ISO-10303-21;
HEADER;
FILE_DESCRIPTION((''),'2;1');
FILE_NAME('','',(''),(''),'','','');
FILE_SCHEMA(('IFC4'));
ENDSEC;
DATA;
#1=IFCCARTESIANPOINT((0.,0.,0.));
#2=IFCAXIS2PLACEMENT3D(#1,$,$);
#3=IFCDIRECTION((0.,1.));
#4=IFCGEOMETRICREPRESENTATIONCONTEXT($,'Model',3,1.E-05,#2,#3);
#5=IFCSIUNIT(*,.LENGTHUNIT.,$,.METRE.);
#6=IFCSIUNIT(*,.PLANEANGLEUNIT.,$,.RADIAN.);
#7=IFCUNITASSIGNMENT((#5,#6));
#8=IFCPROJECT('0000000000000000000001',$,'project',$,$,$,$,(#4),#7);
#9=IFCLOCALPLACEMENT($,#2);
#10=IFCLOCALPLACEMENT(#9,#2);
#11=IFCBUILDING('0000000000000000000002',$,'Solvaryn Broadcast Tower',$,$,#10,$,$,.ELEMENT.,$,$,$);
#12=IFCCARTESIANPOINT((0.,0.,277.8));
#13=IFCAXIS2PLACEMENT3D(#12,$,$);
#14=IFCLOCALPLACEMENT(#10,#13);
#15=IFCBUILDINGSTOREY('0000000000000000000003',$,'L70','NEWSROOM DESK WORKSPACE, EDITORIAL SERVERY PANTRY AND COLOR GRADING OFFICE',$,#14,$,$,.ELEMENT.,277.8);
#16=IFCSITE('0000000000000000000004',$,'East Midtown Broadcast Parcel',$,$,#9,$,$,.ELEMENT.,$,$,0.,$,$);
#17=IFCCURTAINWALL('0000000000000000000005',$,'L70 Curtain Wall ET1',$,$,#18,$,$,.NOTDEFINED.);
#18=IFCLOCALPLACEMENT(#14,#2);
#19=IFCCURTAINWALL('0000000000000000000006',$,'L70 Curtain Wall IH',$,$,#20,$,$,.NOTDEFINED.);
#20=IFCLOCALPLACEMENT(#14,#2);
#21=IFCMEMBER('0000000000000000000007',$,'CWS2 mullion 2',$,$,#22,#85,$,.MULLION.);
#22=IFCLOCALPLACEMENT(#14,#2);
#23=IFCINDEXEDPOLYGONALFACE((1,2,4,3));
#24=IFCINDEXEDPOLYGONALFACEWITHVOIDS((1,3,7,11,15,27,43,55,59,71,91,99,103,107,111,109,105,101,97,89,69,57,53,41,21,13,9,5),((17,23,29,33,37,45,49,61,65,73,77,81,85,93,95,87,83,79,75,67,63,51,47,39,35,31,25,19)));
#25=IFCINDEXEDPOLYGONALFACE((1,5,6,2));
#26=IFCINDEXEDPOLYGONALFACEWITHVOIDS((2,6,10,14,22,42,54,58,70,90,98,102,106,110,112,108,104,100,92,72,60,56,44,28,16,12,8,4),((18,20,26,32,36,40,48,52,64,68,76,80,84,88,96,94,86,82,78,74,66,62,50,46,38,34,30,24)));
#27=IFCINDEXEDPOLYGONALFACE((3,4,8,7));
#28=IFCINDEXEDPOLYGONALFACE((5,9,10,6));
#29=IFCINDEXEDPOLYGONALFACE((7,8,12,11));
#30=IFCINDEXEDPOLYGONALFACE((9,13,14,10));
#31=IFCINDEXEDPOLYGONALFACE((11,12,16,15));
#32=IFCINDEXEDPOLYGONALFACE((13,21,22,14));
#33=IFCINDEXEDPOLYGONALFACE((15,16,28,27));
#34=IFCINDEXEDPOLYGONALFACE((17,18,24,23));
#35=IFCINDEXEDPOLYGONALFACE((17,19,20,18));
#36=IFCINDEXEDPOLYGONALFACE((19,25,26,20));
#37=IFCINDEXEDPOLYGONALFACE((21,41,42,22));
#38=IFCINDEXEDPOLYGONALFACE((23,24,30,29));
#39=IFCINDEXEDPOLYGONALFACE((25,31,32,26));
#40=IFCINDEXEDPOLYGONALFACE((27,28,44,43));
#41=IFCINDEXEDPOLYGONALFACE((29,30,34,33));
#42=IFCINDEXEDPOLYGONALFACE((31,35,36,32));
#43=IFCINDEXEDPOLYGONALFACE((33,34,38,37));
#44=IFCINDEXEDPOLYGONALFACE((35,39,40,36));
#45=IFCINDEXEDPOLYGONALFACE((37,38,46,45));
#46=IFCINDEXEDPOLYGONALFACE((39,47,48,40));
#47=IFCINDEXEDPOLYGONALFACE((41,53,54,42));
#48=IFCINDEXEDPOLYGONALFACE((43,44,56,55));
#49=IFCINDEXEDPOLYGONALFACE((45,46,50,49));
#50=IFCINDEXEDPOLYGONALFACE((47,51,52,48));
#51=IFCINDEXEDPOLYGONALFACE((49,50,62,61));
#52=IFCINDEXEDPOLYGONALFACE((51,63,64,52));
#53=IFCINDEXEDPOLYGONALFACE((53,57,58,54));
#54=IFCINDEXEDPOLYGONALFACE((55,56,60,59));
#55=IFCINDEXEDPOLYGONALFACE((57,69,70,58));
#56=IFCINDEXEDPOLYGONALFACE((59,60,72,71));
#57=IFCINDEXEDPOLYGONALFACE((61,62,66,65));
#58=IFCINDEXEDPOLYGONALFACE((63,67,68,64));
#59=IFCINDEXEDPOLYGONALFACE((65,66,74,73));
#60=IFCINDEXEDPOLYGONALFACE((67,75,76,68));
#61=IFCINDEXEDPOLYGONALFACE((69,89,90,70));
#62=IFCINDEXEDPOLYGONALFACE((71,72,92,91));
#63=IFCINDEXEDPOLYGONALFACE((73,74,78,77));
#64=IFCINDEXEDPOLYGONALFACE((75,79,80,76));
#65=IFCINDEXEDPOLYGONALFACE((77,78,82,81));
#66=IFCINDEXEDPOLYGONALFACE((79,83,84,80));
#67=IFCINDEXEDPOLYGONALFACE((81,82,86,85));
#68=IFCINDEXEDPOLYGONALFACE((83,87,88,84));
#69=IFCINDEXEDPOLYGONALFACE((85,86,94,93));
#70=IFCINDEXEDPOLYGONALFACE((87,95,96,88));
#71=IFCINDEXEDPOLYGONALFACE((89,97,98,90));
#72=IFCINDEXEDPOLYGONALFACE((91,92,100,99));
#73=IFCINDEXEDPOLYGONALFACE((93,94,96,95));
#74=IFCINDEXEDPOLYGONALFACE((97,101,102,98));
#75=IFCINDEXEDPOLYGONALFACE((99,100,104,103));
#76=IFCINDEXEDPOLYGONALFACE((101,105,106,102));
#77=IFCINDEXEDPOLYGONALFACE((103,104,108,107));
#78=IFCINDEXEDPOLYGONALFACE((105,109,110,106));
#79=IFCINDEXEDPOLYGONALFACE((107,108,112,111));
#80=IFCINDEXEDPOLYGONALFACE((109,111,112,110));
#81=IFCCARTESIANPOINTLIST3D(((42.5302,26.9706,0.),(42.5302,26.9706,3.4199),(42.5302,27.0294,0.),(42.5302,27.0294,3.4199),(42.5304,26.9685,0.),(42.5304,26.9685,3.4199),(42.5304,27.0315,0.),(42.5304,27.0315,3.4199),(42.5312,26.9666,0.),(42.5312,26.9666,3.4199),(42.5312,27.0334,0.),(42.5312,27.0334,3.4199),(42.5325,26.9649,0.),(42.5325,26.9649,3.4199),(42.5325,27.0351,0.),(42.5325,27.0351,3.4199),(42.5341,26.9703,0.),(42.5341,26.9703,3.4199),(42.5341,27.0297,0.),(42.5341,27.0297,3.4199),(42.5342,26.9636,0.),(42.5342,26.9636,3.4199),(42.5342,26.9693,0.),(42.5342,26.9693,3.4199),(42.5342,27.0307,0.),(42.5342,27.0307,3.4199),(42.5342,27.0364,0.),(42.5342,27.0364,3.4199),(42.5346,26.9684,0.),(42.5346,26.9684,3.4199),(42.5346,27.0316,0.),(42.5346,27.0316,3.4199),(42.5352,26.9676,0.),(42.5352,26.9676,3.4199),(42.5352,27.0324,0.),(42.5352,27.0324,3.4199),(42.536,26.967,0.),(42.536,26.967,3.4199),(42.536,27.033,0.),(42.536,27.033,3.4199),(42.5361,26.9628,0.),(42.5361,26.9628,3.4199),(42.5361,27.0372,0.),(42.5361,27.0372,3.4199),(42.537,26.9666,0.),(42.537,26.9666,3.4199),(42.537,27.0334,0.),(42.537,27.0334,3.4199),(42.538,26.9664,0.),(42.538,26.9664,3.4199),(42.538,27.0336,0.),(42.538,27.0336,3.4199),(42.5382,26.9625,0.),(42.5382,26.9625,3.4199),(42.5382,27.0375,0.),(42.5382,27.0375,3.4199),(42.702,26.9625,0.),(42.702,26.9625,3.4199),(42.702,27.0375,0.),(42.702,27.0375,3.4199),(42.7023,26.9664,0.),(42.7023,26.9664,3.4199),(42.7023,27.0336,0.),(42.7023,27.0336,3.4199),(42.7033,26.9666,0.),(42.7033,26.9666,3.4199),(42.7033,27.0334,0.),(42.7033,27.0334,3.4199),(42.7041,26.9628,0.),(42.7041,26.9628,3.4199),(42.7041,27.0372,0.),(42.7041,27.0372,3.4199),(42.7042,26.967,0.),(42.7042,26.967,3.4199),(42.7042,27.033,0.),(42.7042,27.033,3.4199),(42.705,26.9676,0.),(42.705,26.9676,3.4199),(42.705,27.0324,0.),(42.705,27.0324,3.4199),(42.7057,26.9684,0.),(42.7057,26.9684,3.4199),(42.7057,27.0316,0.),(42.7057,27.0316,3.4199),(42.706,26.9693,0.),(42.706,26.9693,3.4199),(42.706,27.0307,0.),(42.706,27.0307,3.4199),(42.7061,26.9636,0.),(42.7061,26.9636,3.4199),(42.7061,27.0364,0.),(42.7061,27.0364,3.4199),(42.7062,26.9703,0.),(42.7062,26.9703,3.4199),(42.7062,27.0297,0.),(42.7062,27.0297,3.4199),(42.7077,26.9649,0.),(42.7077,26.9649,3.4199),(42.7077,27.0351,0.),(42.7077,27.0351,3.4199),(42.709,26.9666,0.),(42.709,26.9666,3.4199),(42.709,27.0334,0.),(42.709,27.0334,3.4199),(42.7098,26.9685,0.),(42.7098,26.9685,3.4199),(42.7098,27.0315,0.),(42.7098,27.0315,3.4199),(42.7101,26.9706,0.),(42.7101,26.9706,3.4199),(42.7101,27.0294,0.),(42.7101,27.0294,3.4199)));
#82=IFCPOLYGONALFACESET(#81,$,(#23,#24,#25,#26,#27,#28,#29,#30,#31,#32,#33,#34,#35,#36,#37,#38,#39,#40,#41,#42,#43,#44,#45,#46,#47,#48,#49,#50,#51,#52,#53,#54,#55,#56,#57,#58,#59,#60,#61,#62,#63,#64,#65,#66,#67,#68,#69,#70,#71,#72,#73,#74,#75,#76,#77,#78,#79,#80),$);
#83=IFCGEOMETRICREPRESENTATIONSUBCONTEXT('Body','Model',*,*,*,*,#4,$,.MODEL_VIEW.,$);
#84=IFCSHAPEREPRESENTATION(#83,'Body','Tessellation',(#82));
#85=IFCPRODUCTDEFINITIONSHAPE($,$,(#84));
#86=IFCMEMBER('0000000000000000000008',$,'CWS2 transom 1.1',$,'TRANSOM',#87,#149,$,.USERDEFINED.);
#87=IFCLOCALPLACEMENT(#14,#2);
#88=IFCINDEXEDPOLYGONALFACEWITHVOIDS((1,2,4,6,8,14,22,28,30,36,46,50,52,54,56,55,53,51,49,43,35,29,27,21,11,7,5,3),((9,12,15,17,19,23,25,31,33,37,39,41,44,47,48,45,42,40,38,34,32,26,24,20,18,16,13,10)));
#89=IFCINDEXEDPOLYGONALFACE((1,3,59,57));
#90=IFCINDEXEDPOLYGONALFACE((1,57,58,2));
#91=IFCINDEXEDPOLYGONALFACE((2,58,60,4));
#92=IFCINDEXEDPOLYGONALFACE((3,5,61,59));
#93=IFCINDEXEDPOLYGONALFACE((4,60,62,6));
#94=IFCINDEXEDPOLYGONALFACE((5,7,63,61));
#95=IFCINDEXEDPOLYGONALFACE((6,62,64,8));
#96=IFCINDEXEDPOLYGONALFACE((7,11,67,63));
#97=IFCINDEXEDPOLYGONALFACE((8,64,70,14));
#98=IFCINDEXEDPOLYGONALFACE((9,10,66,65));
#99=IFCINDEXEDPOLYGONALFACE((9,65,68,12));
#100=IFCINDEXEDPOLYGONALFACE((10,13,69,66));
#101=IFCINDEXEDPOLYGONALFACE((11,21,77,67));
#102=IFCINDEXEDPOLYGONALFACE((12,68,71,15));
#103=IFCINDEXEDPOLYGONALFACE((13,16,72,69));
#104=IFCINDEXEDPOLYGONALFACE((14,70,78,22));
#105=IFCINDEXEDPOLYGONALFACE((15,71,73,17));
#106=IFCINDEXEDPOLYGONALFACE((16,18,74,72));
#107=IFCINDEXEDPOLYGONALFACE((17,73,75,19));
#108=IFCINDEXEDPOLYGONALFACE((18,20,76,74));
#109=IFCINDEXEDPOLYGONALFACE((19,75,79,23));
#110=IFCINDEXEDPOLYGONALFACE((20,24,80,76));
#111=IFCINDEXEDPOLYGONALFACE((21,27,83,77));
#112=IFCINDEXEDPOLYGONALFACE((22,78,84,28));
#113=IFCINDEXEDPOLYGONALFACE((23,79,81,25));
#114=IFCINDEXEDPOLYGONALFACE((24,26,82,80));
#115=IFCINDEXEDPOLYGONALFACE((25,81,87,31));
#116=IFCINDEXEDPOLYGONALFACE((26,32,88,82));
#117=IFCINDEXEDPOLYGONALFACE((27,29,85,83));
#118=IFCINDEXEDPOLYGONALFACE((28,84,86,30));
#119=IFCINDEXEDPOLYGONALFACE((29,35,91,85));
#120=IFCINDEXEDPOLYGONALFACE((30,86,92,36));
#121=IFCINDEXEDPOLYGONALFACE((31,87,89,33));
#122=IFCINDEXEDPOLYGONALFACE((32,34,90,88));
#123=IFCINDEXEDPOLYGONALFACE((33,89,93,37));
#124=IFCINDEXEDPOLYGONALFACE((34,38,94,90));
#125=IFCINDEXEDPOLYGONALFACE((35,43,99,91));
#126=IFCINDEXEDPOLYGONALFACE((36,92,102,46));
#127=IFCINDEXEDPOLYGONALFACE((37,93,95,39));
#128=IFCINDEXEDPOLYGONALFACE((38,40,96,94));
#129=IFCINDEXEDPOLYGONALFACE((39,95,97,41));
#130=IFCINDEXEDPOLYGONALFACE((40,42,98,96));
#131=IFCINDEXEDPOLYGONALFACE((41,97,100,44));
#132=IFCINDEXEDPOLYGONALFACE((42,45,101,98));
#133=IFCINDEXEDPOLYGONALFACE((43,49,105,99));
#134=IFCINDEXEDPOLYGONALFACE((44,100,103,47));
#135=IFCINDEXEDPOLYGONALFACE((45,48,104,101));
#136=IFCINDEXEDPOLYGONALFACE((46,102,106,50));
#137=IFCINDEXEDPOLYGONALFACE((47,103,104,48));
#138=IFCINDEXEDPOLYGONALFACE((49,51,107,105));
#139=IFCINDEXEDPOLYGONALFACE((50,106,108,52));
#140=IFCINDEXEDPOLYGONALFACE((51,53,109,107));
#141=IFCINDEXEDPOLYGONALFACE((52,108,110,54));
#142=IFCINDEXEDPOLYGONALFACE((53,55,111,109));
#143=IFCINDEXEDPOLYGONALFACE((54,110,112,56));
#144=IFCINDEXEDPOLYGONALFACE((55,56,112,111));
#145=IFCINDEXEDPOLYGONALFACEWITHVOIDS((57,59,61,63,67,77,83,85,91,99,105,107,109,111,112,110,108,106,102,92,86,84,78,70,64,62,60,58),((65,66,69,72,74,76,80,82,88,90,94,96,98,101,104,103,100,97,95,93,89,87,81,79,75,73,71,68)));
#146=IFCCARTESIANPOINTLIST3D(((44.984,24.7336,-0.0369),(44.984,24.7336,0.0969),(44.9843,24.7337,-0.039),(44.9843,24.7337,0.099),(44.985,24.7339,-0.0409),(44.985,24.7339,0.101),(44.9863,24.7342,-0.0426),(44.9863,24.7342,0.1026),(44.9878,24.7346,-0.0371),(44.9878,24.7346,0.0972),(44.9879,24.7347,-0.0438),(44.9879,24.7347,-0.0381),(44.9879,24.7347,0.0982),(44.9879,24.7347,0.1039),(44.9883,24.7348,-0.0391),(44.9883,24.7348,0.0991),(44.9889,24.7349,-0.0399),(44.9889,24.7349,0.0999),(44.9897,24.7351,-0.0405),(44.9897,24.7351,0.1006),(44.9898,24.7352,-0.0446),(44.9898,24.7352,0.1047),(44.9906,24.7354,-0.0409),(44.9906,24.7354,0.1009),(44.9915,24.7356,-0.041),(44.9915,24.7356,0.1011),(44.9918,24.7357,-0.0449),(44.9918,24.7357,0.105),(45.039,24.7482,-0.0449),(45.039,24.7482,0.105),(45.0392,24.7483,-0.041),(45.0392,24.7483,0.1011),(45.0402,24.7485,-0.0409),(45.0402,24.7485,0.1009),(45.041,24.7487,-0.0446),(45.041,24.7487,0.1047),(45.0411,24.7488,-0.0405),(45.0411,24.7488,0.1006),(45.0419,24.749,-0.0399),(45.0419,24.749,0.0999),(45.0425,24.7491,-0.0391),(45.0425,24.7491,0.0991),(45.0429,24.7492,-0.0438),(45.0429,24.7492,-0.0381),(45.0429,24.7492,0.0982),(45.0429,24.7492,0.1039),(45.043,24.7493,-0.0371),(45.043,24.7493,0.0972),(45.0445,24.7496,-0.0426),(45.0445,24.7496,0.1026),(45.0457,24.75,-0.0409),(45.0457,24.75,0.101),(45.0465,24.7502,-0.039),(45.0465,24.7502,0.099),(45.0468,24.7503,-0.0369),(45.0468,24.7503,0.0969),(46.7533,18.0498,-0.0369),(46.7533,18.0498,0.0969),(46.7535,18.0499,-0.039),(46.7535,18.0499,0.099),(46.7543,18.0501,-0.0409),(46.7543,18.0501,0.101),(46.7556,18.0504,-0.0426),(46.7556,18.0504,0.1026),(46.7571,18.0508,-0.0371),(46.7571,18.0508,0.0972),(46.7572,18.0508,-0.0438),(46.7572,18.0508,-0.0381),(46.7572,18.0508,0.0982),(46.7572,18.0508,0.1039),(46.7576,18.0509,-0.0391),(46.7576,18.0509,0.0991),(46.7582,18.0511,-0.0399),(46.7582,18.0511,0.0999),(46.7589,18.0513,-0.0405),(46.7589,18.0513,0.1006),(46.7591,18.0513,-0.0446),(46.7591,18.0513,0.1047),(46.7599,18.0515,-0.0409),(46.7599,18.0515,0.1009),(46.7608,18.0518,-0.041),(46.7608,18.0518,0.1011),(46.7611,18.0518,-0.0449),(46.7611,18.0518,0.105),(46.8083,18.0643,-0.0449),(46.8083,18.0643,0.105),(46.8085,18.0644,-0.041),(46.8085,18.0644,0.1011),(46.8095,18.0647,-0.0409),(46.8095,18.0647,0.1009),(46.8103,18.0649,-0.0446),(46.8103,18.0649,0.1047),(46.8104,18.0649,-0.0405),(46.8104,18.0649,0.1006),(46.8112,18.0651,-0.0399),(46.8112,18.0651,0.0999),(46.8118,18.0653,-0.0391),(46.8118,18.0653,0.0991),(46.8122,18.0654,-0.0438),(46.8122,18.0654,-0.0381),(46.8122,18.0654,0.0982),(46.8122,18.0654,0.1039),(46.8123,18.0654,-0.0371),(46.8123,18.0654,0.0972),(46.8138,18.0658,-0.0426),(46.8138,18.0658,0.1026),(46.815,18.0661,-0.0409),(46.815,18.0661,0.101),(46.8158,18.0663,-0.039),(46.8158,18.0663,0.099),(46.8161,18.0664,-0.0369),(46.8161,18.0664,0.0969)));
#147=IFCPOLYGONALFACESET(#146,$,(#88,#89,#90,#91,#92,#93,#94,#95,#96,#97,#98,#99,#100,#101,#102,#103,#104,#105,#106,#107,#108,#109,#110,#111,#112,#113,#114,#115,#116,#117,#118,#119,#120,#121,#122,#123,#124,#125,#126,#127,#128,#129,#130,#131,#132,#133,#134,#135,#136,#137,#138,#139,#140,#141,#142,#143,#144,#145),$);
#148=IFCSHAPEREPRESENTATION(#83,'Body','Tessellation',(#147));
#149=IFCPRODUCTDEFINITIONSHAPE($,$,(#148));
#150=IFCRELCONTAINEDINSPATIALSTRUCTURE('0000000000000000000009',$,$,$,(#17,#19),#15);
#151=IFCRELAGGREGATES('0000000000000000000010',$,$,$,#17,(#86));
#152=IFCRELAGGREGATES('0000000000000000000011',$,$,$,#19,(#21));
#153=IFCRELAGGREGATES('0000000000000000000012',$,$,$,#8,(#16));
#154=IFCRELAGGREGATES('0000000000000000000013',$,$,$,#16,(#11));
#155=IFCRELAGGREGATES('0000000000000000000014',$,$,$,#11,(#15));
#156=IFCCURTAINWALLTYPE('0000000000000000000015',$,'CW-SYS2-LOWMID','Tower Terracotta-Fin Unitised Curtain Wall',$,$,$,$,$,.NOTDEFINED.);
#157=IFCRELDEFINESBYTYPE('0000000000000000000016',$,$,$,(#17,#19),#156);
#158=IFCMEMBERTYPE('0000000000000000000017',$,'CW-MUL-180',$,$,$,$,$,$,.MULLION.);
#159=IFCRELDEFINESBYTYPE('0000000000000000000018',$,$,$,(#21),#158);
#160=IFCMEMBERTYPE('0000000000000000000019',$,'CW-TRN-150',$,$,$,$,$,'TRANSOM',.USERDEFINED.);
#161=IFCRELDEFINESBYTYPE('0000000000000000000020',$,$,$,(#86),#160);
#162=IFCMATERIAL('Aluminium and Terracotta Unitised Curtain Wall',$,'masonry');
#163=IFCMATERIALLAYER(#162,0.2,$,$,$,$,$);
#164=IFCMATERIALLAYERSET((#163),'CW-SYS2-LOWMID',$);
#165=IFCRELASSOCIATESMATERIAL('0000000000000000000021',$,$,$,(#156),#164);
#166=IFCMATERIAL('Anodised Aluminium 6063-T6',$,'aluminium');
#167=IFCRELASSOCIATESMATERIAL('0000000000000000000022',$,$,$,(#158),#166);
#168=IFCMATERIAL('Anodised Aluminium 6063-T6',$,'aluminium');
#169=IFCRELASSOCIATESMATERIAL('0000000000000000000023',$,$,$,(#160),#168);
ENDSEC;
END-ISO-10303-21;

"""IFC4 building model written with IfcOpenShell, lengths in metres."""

from ifc_helpers import new_model, si_unit, direction, frame, origin, origin_2d, place, context, subcontext, project, spatial, hollow_rectangle, extrude, material, layer, layer_set, material_profile, profile_set, type_object, element, aggregate, save


model = new_model("IFC4")

# Units and contexts
model_context = context("Model", 3, precision=1e-05, world=origin(), true_north=direction((0.0, 1.0)))
body_context = subcontext(model_context, "Body", "Model", "MODEL_VIEW")
ifc_project = project(units=[si_unit("LENGTHUNIT", "METRE"), si_unit("PLANEANGLEUNIT", "RADIAN")], contexts=[model_context])

# Site, building, storey
site_placement = place(None, origin())
site = spatial("IfcSite", under=ifc_project, at=site_placement, Name="East Midtown Broadcast Parcel", CompositionType="ELEMENT", RefElevation=0.0)
building_placement = place(site_placement, origin())
building = spatial("IfcBuilding", under=site, at=building_placement, Name="Solvaryn Broadcast Tower", CompositionType="ELEMENT")
storey_placement = place(building_placement, frame((0.0, 0.0, 277.8)))
storey = spatial("IfcBuildingStorey", under=building, at=storey_placement, Name="L70", Description="NEWSROOM DESK WORKSPACE, EDITORIAL SERVERY PANTRY AND COLOR GRADING OFFICE", CompositionType="ELEMENT", Elevation=277.8)

# Curtain wall
ifc_material_1 = material(Name="Aluminium and Terracotta Unitised Curtain Wall", Category="masonry")
ifc_layer_1 = layer(ifc_material_1, 0.2)
ifc_layer_set_1 = layer_set([ifc_layer_1], Name="CW-SYS2-LOWMID")
curtain_wall_type = type_object("IfcCurtainWallType", Name="CW-SYS2-LOWMID", Description="Tower Terracotta-Fin Unitised Curtain Wall", PredefinedType="NOTDEFINED", material=ifc_layer_set_1)
curtain_wall_1_placement = place(storey_placement, origin())
curtain_wall_1 = element("IfcCurtainWall", 1, at=curtain_wall_1_placement, inside=storey, type_object=curtain_wall_type, Name="L70 Curtain Wall ET1", PredefinedType="NOTDEFINED")
ifc_material_2 = material(Name="Anodised Aluminium 6063-T6", Category="aluminium")
ifc_material_profile_1 = material_profile(ifc_material_2, hollow_rectangle(XDim=0.075, YDim=0.1799, WallThickness=0.0039, InnerFilletRadius=0.0039, OuterFilletRadius=0.0081, at=origin_2d()))
ifc_profile_set_1 = profile_set([ifc_material_profile_1], Name="Anodised Aluminium 6063-T6")
member_type_1 = type_object("IfcMemberType", Name="CW-MUL-180", PredefinedType="MULLION", material=ifc_profile_set_1)

# Curtain wall, member
curtain_wall_2_placement = place(storey_placement, origin())
curtain_wall_2 = element("IfcCurtainWall", 2, at=curtain_wall_2_placement, inside=storey, type_object=curtain_wall_type, Name="L70 Curtain Wall IH", PredefinedType="NOTDEFINED")
member_1_placement = place(storey_placement, frame((42.6201, 27.0, 0.0), z_axis=(0.0, 0.0, 1.0), x_axis=(0.0, 1.0, 0.0)))
member_1 = element("IfcMember", 3, at=member_1_placement, type_object=member_type_1, Name="CWS2 mullion 2", PredefinedType="MULLION", context=body_context, shape_type="SweptSolid", body=[
    extrude(hollow_rectangle(XDim=0.075, YDim=0.1799, WallThickness=0.0039, InnerFilletRadius=0.0039, OuterFilletRadius=0.0081, at=origin_2d()), origin(), (0.0, 0.0, 1.0), 3.4199),
])

# Member
ifc_material_3 = material(Name="Anodised Aluminium 6063-T6", Category="aluminium")
ifc_material_profile_2 = material_profile(ifc_material_3, hollow_rectangle(XDim=0.0649, YDim=0.1499, WallThickness=0.0039, InnerFilletRadius=0.0039, OuterFilletRadius=0.0081, at=origin_2d()))
ifc_profile_set_2 = profile_set([ifc_material_profile_2], Name="Anodised Aluminium 6063-T6")
member_type_2 = type_object("IfcMemberType", Name="CW-TRN-150", ElementType="TRANSOM", PredefinedType="USERDEFINED", material=ifc_profile_set_2)
member_2_placement = place(storey_placement, frame((45.0154, 24.7419, 0.03), z_axis=(0.255897, -0.966704, 0.0), x_axis=(0.966704, 0.255897, 0.0)))
member_2 = element("IfcMember", 4, at=member_2_placement, type_object=member_type_2, Name="CWS2 transom 1.1", ObjectType="TRANSOM", PredefinedType="USERDEFINED", context=body_context, shape_type="SweptSolid", body=[
    extrude(hollow_rectangle(XDim=0.0649, YDim=0.1499, WallThickness=0.0039, InnerFilletRadius=0.0039, OuterFilletRadius=0.0081, at=origin_2d()), origin(), (0.0, 0.0, 1.0), 6.9141),
])

aggregate(curtain_wall_1, [member_2])
aggregate(curtain_wall_2, [member_1])

save(model, "model.ifc")
